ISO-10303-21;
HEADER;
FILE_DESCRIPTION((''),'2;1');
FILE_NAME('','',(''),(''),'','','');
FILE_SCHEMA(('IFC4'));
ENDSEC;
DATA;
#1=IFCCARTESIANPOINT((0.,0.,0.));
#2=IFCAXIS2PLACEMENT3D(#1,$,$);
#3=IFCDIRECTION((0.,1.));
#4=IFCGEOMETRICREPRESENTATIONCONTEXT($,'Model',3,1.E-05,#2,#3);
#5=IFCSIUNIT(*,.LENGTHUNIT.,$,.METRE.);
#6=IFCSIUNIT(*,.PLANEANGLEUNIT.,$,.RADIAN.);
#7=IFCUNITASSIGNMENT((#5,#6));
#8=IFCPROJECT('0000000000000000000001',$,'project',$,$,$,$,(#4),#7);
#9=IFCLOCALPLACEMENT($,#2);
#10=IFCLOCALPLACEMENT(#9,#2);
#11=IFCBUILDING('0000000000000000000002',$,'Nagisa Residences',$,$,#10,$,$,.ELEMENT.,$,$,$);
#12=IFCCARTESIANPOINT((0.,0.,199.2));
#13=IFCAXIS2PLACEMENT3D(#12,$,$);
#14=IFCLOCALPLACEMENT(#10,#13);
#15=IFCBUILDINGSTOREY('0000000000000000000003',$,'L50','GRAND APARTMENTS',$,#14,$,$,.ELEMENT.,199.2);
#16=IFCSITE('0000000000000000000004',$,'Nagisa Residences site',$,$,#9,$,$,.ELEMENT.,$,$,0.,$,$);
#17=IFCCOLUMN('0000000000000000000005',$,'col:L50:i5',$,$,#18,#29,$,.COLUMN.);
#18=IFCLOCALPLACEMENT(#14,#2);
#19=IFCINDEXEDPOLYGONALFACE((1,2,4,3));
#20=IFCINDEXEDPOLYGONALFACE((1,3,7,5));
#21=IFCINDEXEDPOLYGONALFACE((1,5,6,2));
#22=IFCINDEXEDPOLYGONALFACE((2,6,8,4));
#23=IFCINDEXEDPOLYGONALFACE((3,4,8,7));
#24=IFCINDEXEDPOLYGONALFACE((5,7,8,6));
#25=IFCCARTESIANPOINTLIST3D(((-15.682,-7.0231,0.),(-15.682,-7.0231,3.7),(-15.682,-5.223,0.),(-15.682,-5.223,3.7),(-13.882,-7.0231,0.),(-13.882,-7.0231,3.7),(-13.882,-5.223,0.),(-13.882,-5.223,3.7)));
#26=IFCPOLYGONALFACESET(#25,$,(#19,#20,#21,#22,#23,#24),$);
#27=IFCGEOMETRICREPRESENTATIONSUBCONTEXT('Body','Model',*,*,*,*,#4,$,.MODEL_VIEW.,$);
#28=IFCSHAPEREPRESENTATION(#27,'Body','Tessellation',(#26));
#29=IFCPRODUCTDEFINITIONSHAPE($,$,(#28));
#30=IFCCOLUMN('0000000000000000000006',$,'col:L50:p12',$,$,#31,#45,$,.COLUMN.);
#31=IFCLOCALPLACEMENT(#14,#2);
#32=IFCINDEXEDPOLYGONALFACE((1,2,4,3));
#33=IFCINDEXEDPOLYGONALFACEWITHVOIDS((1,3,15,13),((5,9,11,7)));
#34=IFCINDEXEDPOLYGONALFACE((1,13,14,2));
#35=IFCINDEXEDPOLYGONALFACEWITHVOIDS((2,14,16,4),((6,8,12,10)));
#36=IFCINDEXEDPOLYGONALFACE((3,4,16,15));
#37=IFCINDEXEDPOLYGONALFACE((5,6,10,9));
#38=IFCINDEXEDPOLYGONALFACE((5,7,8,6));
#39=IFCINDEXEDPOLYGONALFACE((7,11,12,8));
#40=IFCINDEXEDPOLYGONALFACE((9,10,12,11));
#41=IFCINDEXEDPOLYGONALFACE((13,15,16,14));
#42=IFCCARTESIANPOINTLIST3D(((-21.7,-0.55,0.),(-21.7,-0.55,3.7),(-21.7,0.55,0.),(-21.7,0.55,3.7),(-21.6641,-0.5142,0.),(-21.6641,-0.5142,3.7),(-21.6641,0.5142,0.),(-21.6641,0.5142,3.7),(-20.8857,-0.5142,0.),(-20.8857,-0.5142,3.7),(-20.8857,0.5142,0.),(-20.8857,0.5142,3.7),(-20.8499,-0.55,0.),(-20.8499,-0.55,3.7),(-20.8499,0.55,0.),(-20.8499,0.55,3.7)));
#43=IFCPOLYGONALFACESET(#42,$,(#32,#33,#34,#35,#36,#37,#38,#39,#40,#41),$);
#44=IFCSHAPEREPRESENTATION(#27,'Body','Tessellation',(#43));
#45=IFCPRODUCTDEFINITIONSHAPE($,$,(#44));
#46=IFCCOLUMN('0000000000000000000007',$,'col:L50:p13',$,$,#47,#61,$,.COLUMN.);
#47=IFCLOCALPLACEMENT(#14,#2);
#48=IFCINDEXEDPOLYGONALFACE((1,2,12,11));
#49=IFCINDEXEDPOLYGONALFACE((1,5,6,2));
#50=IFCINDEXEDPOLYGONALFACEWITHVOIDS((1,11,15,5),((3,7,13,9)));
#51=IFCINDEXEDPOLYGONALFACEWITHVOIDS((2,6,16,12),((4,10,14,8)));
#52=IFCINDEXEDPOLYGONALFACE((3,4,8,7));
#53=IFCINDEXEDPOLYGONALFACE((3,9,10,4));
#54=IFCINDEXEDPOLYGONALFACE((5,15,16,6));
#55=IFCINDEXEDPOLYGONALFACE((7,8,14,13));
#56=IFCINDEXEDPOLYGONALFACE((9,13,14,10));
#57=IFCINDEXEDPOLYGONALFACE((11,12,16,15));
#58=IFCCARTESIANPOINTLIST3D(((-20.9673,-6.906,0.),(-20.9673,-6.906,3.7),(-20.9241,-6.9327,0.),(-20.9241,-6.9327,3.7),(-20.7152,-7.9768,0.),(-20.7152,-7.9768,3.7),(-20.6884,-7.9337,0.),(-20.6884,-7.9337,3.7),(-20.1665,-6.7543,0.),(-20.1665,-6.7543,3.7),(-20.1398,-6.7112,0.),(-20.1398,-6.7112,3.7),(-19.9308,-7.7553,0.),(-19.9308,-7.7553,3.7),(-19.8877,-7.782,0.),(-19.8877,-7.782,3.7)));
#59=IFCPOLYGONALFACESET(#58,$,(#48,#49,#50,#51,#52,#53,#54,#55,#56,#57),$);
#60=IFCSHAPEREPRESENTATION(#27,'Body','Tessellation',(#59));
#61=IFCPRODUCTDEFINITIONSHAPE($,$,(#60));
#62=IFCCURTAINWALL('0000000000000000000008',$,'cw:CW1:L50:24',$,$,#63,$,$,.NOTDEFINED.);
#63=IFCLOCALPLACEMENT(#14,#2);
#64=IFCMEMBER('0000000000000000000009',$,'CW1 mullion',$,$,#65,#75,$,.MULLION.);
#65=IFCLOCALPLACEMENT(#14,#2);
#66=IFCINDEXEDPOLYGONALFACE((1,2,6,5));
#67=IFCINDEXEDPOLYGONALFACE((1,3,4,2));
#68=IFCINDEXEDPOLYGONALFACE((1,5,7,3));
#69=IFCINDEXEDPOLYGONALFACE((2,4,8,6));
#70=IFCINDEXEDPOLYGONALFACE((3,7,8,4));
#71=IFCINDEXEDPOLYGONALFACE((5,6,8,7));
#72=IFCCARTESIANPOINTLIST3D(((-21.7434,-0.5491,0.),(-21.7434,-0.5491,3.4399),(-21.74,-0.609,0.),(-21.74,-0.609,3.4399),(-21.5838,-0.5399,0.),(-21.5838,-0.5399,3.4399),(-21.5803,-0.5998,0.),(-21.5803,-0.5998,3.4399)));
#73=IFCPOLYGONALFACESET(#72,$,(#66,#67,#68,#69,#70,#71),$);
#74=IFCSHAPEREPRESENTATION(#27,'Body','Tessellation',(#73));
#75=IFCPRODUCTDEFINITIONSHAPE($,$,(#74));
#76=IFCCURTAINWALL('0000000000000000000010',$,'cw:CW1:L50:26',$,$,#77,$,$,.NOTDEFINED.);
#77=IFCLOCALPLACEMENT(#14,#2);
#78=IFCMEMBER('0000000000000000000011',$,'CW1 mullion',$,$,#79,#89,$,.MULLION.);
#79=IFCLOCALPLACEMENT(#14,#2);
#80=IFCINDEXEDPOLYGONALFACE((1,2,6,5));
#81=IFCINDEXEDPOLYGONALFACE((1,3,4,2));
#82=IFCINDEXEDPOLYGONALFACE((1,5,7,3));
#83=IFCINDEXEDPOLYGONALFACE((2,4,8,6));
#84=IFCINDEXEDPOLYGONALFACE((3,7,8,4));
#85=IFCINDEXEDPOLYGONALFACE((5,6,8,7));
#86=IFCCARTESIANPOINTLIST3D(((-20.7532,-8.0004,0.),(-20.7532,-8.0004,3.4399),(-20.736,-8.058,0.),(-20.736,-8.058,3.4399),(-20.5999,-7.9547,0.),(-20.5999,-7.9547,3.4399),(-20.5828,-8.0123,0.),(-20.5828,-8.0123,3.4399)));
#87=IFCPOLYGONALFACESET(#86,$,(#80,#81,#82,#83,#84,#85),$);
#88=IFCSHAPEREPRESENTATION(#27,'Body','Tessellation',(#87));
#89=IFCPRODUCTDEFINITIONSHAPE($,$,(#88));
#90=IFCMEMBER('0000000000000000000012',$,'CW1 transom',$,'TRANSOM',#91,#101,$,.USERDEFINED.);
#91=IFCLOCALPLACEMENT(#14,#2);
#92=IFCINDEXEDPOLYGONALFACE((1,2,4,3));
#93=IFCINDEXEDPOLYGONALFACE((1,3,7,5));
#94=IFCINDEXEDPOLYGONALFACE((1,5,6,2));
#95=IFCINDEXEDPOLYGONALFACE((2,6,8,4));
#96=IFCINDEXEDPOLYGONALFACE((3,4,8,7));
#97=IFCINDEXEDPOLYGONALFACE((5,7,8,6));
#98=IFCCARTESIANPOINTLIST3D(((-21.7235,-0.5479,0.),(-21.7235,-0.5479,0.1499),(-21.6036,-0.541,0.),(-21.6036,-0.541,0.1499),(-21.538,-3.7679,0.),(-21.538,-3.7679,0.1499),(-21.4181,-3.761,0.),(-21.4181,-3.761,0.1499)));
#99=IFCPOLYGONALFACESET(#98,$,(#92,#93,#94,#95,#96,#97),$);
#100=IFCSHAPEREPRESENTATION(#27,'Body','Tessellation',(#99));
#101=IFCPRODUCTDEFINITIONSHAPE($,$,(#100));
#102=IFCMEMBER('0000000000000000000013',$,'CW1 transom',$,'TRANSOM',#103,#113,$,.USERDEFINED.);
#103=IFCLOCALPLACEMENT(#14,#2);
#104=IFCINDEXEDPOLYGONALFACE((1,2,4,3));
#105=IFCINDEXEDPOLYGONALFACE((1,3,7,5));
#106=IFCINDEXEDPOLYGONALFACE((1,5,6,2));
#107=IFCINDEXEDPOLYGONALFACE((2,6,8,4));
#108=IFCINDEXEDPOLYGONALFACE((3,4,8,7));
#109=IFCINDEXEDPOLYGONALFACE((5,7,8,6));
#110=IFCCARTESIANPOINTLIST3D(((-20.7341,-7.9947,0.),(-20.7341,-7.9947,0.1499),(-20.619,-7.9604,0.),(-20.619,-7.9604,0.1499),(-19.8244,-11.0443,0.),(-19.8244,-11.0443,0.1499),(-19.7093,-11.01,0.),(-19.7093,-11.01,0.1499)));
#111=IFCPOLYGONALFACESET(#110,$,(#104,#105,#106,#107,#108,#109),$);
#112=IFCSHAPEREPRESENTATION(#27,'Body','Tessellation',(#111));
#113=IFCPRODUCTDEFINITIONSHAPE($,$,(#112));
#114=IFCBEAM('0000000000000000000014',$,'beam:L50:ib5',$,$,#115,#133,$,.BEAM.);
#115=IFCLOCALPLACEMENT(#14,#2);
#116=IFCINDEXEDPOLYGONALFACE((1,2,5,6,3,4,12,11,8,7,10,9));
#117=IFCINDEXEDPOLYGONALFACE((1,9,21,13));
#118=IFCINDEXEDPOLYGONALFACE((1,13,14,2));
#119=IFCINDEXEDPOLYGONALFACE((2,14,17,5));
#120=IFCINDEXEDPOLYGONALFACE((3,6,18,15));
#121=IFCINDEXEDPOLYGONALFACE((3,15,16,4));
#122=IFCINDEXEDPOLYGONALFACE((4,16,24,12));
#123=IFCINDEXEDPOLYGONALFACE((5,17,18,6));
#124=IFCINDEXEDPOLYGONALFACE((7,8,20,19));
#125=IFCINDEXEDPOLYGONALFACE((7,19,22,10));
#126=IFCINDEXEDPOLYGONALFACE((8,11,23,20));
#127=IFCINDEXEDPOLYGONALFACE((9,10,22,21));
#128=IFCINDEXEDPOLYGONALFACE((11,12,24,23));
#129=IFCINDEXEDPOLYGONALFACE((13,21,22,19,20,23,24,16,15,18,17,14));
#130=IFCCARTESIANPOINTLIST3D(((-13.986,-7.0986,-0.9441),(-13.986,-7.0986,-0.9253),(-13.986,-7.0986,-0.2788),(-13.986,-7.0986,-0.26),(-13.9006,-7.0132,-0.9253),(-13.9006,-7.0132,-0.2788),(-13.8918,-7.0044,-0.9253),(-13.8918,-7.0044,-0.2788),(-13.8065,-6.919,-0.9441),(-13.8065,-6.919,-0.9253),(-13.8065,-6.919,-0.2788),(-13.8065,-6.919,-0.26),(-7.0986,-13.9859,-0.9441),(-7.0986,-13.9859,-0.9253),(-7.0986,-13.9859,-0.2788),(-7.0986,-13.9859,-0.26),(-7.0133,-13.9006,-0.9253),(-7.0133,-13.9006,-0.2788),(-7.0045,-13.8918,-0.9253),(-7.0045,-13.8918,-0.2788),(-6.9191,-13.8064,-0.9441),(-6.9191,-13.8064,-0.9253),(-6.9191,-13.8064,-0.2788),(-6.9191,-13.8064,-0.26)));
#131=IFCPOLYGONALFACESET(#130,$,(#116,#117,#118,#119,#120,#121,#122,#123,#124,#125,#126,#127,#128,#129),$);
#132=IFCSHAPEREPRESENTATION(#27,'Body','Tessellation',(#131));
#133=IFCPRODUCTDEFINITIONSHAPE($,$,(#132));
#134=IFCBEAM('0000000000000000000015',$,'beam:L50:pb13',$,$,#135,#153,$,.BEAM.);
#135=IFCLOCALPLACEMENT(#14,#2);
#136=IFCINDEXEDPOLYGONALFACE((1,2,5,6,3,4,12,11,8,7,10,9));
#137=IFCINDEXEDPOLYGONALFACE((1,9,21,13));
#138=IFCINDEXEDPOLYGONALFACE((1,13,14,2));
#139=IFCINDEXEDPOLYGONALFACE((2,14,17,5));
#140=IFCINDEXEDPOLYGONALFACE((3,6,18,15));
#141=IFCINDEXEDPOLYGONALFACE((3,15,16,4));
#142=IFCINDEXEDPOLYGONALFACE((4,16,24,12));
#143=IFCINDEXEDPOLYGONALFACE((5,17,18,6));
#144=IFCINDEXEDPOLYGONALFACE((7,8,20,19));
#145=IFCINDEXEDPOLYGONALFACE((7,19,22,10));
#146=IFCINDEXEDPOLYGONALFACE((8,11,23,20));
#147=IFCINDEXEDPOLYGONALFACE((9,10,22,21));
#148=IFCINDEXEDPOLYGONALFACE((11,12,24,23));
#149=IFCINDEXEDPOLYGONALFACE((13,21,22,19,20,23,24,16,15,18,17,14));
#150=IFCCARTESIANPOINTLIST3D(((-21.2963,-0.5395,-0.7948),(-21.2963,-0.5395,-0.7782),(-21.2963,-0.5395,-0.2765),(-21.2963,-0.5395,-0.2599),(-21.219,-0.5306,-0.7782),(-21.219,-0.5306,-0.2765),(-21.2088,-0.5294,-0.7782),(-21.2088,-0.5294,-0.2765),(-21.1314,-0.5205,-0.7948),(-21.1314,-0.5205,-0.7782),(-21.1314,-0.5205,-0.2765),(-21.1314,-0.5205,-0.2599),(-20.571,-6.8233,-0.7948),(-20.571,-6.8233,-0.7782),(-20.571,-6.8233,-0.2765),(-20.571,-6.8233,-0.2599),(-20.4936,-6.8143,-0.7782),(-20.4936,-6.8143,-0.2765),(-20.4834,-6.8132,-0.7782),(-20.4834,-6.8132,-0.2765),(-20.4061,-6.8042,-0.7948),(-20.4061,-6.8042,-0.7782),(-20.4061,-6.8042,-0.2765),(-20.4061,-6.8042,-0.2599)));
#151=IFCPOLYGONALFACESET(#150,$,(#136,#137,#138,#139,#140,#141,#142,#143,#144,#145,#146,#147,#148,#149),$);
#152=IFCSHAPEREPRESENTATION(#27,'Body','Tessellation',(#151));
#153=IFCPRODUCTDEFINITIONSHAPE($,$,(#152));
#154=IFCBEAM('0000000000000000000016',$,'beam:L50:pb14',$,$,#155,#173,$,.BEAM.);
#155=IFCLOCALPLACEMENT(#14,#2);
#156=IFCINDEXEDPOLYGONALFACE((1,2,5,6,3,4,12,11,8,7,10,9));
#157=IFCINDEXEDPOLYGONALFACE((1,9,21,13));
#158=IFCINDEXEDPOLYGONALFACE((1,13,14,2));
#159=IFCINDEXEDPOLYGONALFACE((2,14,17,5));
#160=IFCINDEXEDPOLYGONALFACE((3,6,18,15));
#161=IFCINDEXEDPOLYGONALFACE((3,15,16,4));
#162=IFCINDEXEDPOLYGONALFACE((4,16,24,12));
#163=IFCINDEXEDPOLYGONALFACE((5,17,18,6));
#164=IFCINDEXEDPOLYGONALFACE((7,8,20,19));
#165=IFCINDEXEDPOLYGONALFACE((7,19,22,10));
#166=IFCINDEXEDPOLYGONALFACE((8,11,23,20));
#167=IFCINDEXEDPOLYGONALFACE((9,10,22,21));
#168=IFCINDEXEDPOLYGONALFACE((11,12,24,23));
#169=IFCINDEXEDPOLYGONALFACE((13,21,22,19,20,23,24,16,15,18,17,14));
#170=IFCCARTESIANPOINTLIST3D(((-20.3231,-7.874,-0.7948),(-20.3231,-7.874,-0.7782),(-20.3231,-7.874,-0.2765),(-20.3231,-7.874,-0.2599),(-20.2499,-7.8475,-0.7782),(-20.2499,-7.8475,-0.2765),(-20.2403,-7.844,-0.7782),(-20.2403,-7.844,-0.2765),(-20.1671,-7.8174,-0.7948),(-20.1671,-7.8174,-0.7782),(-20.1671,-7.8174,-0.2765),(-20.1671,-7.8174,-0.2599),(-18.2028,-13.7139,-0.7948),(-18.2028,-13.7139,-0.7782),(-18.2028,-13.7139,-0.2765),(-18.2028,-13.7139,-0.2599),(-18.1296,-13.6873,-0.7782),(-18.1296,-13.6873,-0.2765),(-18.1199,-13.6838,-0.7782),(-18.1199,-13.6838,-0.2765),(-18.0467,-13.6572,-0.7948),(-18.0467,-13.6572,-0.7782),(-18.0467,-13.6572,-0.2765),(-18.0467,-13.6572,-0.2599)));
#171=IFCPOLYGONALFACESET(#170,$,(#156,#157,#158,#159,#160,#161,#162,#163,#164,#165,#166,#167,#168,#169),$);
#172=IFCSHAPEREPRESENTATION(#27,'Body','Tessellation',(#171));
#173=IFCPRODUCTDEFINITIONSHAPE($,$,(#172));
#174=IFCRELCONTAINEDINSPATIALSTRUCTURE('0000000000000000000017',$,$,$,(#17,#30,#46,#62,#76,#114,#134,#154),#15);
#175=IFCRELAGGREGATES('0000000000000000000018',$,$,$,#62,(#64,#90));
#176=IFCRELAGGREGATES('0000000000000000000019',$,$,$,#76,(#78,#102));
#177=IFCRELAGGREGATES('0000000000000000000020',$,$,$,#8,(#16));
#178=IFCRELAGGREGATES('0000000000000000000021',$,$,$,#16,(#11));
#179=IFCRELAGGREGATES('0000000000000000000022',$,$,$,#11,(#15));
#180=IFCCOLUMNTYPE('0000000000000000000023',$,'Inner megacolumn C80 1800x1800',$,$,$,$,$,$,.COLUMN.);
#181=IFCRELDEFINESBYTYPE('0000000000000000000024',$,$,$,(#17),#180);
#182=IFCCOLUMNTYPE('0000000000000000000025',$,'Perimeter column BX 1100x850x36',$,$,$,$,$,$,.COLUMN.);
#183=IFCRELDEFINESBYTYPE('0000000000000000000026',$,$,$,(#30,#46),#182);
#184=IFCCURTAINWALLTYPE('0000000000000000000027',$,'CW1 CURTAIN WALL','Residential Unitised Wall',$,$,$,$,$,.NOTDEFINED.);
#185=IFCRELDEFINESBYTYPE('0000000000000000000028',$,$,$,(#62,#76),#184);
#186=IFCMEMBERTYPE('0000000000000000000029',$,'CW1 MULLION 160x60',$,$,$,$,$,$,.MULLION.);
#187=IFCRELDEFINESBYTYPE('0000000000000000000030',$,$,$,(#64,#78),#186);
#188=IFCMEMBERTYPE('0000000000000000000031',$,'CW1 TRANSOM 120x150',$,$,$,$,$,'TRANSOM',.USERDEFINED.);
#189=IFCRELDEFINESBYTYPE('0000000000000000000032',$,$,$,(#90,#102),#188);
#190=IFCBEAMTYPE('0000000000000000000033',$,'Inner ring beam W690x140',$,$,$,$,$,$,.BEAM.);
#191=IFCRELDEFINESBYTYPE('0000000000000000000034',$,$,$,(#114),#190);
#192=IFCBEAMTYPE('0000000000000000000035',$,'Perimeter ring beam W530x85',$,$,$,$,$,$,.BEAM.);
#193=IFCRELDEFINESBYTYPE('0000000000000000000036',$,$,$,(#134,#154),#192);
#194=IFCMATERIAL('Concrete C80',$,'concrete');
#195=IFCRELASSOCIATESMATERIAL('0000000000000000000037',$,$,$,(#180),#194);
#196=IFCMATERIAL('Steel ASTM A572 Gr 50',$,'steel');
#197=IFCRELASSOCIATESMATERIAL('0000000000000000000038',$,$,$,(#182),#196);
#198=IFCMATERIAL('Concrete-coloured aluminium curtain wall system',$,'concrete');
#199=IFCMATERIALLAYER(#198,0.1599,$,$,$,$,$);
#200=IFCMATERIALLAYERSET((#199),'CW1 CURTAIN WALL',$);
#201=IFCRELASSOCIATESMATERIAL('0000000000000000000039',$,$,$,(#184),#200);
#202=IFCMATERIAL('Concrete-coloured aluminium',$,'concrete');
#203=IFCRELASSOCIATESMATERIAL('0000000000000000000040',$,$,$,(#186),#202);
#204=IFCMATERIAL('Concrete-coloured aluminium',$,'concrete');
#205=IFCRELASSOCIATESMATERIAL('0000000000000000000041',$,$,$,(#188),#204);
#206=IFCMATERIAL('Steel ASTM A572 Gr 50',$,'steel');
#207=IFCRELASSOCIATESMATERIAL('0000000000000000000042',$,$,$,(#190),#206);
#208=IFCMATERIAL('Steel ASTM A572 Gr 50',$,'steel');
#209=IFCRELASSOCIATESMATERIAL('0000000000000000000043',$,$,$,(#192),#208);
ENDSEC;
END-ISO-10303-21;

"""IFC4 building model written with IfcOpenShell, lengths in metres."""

from ifc_helpers import new_model, si_unit, direction, frame, origin, origin_2d, place, context, subcontext, project, spatial, rectangle, hollow_rectangle, i_section, extrude, material, layer, layer_set, material_profile, profile_set, type_object, element, aggregate, save


model = new_model("IFC4")

# Units and contexts
model_context = context("Model", 3, precision=1e-05, world=origin(), true_north=direction((0.0, 1.0)))
body_context = subcontext(model_context, "Body", "Model", "MODEL_VIEW")
ifc_project = project(units=[si_unit("LENGTHUNIT", "METRE"), si_unit("PLANEANGLEUNIT", "RADIAN")], contexts=[model_context])

# Site, building, storey
site_placement = place(None, origin())
site = spatial("IfcSite", under=ifc_project, at=site_placement, Name="Nagisa Residences site", CompositionType="ELEMENT", RefElevation=0.0)
building_placement = place(site_placement, origin())
building = spatial("IfcBuilding", under=site, at=building_placement, Name="Nagisa Residences", CompositionType="ELEMENT")
storey_placement = place(building_placement, frame((0.0, 0.0, 199.2)))
storey = spatial("IfcBuildingStorey", under=building, at=storey_placement, Name="L50", Description="GRAND APARTMENTS", CompositionType="ELEMENT", Elevation=199.2)

# Columns
ifc_material_1 = material(Name="Concrete C80", Category="concrete")
ifc_material_profile_1 = material_profile(ifc_material_1, rectangle(XDim=1.8, YDim=1.8, at=origin_2d()), Name="C80 1800x1800")
ifc_profile_set_1 = profile_set([ifc_material_profile_1], Name="Concrete C80")
column_type_1 = type_object("IfcColumnType", Name="Inner megacolumn C80 1800x1800", PredefinedType="COLUMN", material=ifc_profile_set_1)
column_placement = place(storey_placement, frame((-14.782, -6.123, 0.0), z_axis=(0.0, 0.0, 1.0), x_axis=(1.0, 0.0, 0.0)))
element("IfcColumn", 1, at=column_placement, inside=storey, type_object=column_type_1, Name="col:L50:i5", PredefinedType="COLUMN", context=body_context, shape_type="SweptSolid", body=[
    extrude(rectangle(XDim=1.8, YDim=1.8, at=origin_2d()), origin(), (0.0, 0.0, 1.0), 3.7),
])
ifc_material_2 = material(Name="Steel ASTM A572 Gr 50", Category="steel")
ifc_material_profile_2 = material_profile(ifc_material_2, hollow_rectangle(XDim=1.1001, YDim=0.8501, WallThickness=0.0359, at=origin_2d()), Name="BX 1100x850x36")
ifc_profile_set_2 = profile_set([ifc_material_profile_2], Name="Steel ASTM A572 Gr 50")
column_type_2 = type_object("IfcColumnType", Name="Perimeter column BX 1100x850x36", PredefinedType="COLUMN", material=ifc_profile_set_2)
for number, where, z_axis, x_axis, name in (
    (2, (-21.2749, 0.0, 0.0), (0.0, 0.0, 1.0), (0.0, -1.0, 0.0), "col:L50:p12"),
    (3, (-20.4275, -7.344, 0.0), (0.0, 0.0, 1.0), (0.229202, -0.973379, 0.0), "col:L50:p13"),
):
    element("IfcColumn", number, at=place(storey_placement, frame(where, z_axis=z_axis, x_axis=x_axis)), inside=storey, type_object=column_type_2, Name=name, PredefinedType="COLUMN", context=body_context, shape_type="SweptSolid", body=[
        extrude(hollow_rectangle(XDim=1.1001, YDim=0.8501, WallThickness=0.0359, at=origin_2d()), origin(), (0.0, 0.0, 1.0), 3.7),
    ])

# Curtain walls, members
ifc_material_3 = material(Name="Concrete-coloured aluminium curtain wall system", Category="concrete")
ifc_layer_1 = layer(ifc_material_3, 0.1599)
ifc_layer_set_1 = layer_set([ifc_layer_1], Name="CW1 CURTAIN WALL")
curtain_wall_type = type_object("IfcCurtainWallType", Name="CW1 CURTAIN WALL", Description="Residential Unitised Wall", PredefinedType="NOTDEFINED", material=ifc_layer_set_1)
curtain_wall_1_placement = place(storey_placement, origin())
curtain_wall_1 = element("IfcCurtainWall", 4, at=curtain_wall_1_placement, inside=storey, type_object=curtain_wall_type, Name="cw:CW1:L50:24", PredefinedType="NOTDEFINED")
ifc_material_4 = material(Name="Concrete-coloured aluminium", Category="concrete")
ifc_material_profile_3 = material_profile(ifc_material_4, rectangle(XDim=0.1599, YDim=0.0601, at=origin_2d()), Name="CW1 MULLION 160x60")
ifc_profile_set_3 = profile_set([ifc_material_profile_3], Name="Concrete-coloured aluminium")
member_type_1 = type_object("IfcMemberType", Name="CW1 MULLION 160x60", PredefinedType="MULLION", material=ifc_profile_set_3)
member_1_placement = place(storey_placement, frame((-21.6619, -0.5745, 0.0), z_axis=(0.0, 0.0, 1.0), x_axis=(0.998345, 0.057503, 0.0)))
member_1 = element("IfcMember", 5, at=member_1_placement, type_object=member_type_1, Name="CW1 mullion", PredefinedType="MULLION", context=body_context, shape_type="SweptSolid", body=[
    extrude(rectangle(XDim=0.1599, YDim=0.0601, at=origin_2d()), origin(), (0.0, 0.0, 1.0), 3.4399),
])
curtain_wall_2_placement = place(storey_placement, origin())
curtain_wall_2 = element("IfcCurtainWall", 6, at=curtain_wall_2_placement, inside=storey, type_object=curtain_wall_type, Name="cw:CW1:L50:26", PredefinedType="NOTDEFINED")
member_2_placement = place(storey_placement, frame((-20.668, -8.0063, 0.0), z_axis=(0.0, 0.0, 1.0), x_axis=(0.958271, 0.28586, 0.0)))
member_2 = element("IfcMember", 7, at=member_2_placement, type_object=member_type_1, Name="CW1 mullion", PredefinedType="MULLION", context=body_context, shape_type="SweptSolid", body=[
    extrude(rectangle(XDim=0.1599, YDim=0.0601, at=origin_2d()), origin(), (0.0, 0.0, 1.0), 3.4399),
])

# Members
ifc_material_5 = material(Name="Concrete-coloured aluminium", Category="concrete")
ifc_material_profile_4 = material_profile(ifc_material_5, rectangle(XDim=0.1201, YDim=0.1499, at=origin_2d()), Name="CW1 TRANSOM 120x150")
ifc_profile_set_4 = profile_set([ifc_material_profile_4], Name="Concrete-coloured aluminium")
member_type_2 = type_object("IfcMemberType", Name="CW1 TRANSOM 120x150", ElementType="TRANSOM", PredefinedType="USERDEFINED", material=ifc_profile_set_4)
member_3_placement = place(storey_placement, frame((-21.6636, -0.5444, 0.075), z_axis=(0.057528, -0.998344, 0.0), x_axis=(0.998344, 0.057528, 0.0)))
member_3 = element("IfcMember", 8, at=member_3_placement, type_object=member_type_2, Name="CW1 transom", ObjectType="TRANSOM", PredefinedType="USERDEFINED", context=body_context, shape_type="SweptSolid", body=[
    extrude(rectangle(XDim=0.1201, YDim=0.1499, at=origin_2d()), origin(), (0.0, 0.0, 1.0), 3.2253),
])
member_4_placement = place(storey_placement, frame((-20.6765, -7.9775, 0.075), z_axis=(0.285848, -0.958275, 0.0), x_axis=(0.958275, 0.285848, 0.0)))
member_4 = element("IfcMember", 9, at=member_4_placement, type_object=member_type_2, Name="CW1 transom", ObjectType="TRANSOM", PredefinedType="USERDEFINED", context=body_context, shape_type="SweptSolid", body=[
    extrude(rectangle(XDim=0.1201, YDim=0.1499, at=origin_2d()), origin(), (0.0, 0.0, 1.0), 3.1824),
])

# Beams
ifc_material_6 = material(Name="Steel ASTM A572 Gr 50", Category="steel")
ifc_material_profile_5 = material_profile(ifc_material_6, i_section(OverallWidth=0.2539, OverallDepth=0.6841, WebThickness=0.0125, FlangeThickness=0.0188, at=origin_2d()), Name="W690x140")
ifc_profile_set_5 = profile_set([ifc_material_profile_5], Name="Steel ASTM A572 Gr 50")
beam_type_1 = type_object("IfcBeamType", Name="Inner ring beam W690x140", PredefinedType="BEAM", material=ifc_profile_set_5)
beam_1_placement = place(storey_placement, frame((-13.8962, -7.0088, -0.6021), z_axis=(0.707107, -0.707107, 0.0), x_axis=(0.707107, 0.707107, 0.0)))
element("IfcBeam", 10, at=beam_1_placement, inside=storey, type_object=beam_type_1, Name="beam:L50:ib5", PredefinedType="BEAM", context=body_context, shape_type="SweptSolid", body=[
    extrude(i_section(OverallWidth=0.2539, OverallDepth=0.6841, WebThickness=0.0125, FlangeThickness=0.0188, at=origin_2d()), origin(), (0.0, 0.0, 1.0), 9.7402),
])
ifc_material_7 = material(Name="Steel ASTM A572 Gr 50", Category="steel")
ifc_material_profile_6 = material_profile(ifc_material_7, i_section(OverallWidth=0.166, OverallDepth=0.5349, WebThickness=0.0103, FlangeThickness=0.0166, at=origin_2d()), Name="W530x85")
ifc_profile_set_6 = profile_set([ifc_material_profile_6], Name="Steel ASTM A572 Gr 50")
beam_type_2 = type_object("IfcBeamType", Name="Perimeter ring beam W530x85", PredefinedType="BEAM", material=ifc_profile_set_6)
beam_2_placement = place(storey_placement, frame((-21.2139, -0.53, -0.5273), z_axis=(0.114671, -0.993404, 0.0), x_axis=(0.993404, 0.114671, 0.0)))
element("IfcBeam", 11, at=beam_2_placement, inside=storey, type_object=beam_type_2, Name="beam:L50:pb13", PredefinedType="BEAM", context=body_context, shape_type="SweptSolid", body=[
    extrude(i_section(OverallWidth=0.166, OverallDepth=0.5349, WebThickness=0.0103, FlangeThickness=0.0166, at=origin_2d()), origin(), (0.0, 0.0, 1.0), 6.3254),
])
beam_3_placement = place(storey_placement, frame((-20.2451, -7.8457, -0.5273), z_axis=(0.341286, -0.93996, 0.0), x_axis=(0.93996, 0.341286, 0.0)))
element("IfcBeam", 12, at=beam_3_placement, inside=storey, type_object=beam_type_2, Name="beam:L50:pb14", PredefinedType="BEAM", context=body_context, shape_type="SweptSolid", body=[
    extrude(i_section(OverallWidth=0.166, OverallDepth=0.5349, WebThickness=0.0103, FlangeThickness=0.0166, at=origin_2d()), origin(), (0.0, 0.0, 1.0), 6.2129),
])

aggregate(curtain_wall_1, [member_1, member_3])
aggregate(curtain_wall_2, [member_2, member_4])

save(model, "model.ifc")
